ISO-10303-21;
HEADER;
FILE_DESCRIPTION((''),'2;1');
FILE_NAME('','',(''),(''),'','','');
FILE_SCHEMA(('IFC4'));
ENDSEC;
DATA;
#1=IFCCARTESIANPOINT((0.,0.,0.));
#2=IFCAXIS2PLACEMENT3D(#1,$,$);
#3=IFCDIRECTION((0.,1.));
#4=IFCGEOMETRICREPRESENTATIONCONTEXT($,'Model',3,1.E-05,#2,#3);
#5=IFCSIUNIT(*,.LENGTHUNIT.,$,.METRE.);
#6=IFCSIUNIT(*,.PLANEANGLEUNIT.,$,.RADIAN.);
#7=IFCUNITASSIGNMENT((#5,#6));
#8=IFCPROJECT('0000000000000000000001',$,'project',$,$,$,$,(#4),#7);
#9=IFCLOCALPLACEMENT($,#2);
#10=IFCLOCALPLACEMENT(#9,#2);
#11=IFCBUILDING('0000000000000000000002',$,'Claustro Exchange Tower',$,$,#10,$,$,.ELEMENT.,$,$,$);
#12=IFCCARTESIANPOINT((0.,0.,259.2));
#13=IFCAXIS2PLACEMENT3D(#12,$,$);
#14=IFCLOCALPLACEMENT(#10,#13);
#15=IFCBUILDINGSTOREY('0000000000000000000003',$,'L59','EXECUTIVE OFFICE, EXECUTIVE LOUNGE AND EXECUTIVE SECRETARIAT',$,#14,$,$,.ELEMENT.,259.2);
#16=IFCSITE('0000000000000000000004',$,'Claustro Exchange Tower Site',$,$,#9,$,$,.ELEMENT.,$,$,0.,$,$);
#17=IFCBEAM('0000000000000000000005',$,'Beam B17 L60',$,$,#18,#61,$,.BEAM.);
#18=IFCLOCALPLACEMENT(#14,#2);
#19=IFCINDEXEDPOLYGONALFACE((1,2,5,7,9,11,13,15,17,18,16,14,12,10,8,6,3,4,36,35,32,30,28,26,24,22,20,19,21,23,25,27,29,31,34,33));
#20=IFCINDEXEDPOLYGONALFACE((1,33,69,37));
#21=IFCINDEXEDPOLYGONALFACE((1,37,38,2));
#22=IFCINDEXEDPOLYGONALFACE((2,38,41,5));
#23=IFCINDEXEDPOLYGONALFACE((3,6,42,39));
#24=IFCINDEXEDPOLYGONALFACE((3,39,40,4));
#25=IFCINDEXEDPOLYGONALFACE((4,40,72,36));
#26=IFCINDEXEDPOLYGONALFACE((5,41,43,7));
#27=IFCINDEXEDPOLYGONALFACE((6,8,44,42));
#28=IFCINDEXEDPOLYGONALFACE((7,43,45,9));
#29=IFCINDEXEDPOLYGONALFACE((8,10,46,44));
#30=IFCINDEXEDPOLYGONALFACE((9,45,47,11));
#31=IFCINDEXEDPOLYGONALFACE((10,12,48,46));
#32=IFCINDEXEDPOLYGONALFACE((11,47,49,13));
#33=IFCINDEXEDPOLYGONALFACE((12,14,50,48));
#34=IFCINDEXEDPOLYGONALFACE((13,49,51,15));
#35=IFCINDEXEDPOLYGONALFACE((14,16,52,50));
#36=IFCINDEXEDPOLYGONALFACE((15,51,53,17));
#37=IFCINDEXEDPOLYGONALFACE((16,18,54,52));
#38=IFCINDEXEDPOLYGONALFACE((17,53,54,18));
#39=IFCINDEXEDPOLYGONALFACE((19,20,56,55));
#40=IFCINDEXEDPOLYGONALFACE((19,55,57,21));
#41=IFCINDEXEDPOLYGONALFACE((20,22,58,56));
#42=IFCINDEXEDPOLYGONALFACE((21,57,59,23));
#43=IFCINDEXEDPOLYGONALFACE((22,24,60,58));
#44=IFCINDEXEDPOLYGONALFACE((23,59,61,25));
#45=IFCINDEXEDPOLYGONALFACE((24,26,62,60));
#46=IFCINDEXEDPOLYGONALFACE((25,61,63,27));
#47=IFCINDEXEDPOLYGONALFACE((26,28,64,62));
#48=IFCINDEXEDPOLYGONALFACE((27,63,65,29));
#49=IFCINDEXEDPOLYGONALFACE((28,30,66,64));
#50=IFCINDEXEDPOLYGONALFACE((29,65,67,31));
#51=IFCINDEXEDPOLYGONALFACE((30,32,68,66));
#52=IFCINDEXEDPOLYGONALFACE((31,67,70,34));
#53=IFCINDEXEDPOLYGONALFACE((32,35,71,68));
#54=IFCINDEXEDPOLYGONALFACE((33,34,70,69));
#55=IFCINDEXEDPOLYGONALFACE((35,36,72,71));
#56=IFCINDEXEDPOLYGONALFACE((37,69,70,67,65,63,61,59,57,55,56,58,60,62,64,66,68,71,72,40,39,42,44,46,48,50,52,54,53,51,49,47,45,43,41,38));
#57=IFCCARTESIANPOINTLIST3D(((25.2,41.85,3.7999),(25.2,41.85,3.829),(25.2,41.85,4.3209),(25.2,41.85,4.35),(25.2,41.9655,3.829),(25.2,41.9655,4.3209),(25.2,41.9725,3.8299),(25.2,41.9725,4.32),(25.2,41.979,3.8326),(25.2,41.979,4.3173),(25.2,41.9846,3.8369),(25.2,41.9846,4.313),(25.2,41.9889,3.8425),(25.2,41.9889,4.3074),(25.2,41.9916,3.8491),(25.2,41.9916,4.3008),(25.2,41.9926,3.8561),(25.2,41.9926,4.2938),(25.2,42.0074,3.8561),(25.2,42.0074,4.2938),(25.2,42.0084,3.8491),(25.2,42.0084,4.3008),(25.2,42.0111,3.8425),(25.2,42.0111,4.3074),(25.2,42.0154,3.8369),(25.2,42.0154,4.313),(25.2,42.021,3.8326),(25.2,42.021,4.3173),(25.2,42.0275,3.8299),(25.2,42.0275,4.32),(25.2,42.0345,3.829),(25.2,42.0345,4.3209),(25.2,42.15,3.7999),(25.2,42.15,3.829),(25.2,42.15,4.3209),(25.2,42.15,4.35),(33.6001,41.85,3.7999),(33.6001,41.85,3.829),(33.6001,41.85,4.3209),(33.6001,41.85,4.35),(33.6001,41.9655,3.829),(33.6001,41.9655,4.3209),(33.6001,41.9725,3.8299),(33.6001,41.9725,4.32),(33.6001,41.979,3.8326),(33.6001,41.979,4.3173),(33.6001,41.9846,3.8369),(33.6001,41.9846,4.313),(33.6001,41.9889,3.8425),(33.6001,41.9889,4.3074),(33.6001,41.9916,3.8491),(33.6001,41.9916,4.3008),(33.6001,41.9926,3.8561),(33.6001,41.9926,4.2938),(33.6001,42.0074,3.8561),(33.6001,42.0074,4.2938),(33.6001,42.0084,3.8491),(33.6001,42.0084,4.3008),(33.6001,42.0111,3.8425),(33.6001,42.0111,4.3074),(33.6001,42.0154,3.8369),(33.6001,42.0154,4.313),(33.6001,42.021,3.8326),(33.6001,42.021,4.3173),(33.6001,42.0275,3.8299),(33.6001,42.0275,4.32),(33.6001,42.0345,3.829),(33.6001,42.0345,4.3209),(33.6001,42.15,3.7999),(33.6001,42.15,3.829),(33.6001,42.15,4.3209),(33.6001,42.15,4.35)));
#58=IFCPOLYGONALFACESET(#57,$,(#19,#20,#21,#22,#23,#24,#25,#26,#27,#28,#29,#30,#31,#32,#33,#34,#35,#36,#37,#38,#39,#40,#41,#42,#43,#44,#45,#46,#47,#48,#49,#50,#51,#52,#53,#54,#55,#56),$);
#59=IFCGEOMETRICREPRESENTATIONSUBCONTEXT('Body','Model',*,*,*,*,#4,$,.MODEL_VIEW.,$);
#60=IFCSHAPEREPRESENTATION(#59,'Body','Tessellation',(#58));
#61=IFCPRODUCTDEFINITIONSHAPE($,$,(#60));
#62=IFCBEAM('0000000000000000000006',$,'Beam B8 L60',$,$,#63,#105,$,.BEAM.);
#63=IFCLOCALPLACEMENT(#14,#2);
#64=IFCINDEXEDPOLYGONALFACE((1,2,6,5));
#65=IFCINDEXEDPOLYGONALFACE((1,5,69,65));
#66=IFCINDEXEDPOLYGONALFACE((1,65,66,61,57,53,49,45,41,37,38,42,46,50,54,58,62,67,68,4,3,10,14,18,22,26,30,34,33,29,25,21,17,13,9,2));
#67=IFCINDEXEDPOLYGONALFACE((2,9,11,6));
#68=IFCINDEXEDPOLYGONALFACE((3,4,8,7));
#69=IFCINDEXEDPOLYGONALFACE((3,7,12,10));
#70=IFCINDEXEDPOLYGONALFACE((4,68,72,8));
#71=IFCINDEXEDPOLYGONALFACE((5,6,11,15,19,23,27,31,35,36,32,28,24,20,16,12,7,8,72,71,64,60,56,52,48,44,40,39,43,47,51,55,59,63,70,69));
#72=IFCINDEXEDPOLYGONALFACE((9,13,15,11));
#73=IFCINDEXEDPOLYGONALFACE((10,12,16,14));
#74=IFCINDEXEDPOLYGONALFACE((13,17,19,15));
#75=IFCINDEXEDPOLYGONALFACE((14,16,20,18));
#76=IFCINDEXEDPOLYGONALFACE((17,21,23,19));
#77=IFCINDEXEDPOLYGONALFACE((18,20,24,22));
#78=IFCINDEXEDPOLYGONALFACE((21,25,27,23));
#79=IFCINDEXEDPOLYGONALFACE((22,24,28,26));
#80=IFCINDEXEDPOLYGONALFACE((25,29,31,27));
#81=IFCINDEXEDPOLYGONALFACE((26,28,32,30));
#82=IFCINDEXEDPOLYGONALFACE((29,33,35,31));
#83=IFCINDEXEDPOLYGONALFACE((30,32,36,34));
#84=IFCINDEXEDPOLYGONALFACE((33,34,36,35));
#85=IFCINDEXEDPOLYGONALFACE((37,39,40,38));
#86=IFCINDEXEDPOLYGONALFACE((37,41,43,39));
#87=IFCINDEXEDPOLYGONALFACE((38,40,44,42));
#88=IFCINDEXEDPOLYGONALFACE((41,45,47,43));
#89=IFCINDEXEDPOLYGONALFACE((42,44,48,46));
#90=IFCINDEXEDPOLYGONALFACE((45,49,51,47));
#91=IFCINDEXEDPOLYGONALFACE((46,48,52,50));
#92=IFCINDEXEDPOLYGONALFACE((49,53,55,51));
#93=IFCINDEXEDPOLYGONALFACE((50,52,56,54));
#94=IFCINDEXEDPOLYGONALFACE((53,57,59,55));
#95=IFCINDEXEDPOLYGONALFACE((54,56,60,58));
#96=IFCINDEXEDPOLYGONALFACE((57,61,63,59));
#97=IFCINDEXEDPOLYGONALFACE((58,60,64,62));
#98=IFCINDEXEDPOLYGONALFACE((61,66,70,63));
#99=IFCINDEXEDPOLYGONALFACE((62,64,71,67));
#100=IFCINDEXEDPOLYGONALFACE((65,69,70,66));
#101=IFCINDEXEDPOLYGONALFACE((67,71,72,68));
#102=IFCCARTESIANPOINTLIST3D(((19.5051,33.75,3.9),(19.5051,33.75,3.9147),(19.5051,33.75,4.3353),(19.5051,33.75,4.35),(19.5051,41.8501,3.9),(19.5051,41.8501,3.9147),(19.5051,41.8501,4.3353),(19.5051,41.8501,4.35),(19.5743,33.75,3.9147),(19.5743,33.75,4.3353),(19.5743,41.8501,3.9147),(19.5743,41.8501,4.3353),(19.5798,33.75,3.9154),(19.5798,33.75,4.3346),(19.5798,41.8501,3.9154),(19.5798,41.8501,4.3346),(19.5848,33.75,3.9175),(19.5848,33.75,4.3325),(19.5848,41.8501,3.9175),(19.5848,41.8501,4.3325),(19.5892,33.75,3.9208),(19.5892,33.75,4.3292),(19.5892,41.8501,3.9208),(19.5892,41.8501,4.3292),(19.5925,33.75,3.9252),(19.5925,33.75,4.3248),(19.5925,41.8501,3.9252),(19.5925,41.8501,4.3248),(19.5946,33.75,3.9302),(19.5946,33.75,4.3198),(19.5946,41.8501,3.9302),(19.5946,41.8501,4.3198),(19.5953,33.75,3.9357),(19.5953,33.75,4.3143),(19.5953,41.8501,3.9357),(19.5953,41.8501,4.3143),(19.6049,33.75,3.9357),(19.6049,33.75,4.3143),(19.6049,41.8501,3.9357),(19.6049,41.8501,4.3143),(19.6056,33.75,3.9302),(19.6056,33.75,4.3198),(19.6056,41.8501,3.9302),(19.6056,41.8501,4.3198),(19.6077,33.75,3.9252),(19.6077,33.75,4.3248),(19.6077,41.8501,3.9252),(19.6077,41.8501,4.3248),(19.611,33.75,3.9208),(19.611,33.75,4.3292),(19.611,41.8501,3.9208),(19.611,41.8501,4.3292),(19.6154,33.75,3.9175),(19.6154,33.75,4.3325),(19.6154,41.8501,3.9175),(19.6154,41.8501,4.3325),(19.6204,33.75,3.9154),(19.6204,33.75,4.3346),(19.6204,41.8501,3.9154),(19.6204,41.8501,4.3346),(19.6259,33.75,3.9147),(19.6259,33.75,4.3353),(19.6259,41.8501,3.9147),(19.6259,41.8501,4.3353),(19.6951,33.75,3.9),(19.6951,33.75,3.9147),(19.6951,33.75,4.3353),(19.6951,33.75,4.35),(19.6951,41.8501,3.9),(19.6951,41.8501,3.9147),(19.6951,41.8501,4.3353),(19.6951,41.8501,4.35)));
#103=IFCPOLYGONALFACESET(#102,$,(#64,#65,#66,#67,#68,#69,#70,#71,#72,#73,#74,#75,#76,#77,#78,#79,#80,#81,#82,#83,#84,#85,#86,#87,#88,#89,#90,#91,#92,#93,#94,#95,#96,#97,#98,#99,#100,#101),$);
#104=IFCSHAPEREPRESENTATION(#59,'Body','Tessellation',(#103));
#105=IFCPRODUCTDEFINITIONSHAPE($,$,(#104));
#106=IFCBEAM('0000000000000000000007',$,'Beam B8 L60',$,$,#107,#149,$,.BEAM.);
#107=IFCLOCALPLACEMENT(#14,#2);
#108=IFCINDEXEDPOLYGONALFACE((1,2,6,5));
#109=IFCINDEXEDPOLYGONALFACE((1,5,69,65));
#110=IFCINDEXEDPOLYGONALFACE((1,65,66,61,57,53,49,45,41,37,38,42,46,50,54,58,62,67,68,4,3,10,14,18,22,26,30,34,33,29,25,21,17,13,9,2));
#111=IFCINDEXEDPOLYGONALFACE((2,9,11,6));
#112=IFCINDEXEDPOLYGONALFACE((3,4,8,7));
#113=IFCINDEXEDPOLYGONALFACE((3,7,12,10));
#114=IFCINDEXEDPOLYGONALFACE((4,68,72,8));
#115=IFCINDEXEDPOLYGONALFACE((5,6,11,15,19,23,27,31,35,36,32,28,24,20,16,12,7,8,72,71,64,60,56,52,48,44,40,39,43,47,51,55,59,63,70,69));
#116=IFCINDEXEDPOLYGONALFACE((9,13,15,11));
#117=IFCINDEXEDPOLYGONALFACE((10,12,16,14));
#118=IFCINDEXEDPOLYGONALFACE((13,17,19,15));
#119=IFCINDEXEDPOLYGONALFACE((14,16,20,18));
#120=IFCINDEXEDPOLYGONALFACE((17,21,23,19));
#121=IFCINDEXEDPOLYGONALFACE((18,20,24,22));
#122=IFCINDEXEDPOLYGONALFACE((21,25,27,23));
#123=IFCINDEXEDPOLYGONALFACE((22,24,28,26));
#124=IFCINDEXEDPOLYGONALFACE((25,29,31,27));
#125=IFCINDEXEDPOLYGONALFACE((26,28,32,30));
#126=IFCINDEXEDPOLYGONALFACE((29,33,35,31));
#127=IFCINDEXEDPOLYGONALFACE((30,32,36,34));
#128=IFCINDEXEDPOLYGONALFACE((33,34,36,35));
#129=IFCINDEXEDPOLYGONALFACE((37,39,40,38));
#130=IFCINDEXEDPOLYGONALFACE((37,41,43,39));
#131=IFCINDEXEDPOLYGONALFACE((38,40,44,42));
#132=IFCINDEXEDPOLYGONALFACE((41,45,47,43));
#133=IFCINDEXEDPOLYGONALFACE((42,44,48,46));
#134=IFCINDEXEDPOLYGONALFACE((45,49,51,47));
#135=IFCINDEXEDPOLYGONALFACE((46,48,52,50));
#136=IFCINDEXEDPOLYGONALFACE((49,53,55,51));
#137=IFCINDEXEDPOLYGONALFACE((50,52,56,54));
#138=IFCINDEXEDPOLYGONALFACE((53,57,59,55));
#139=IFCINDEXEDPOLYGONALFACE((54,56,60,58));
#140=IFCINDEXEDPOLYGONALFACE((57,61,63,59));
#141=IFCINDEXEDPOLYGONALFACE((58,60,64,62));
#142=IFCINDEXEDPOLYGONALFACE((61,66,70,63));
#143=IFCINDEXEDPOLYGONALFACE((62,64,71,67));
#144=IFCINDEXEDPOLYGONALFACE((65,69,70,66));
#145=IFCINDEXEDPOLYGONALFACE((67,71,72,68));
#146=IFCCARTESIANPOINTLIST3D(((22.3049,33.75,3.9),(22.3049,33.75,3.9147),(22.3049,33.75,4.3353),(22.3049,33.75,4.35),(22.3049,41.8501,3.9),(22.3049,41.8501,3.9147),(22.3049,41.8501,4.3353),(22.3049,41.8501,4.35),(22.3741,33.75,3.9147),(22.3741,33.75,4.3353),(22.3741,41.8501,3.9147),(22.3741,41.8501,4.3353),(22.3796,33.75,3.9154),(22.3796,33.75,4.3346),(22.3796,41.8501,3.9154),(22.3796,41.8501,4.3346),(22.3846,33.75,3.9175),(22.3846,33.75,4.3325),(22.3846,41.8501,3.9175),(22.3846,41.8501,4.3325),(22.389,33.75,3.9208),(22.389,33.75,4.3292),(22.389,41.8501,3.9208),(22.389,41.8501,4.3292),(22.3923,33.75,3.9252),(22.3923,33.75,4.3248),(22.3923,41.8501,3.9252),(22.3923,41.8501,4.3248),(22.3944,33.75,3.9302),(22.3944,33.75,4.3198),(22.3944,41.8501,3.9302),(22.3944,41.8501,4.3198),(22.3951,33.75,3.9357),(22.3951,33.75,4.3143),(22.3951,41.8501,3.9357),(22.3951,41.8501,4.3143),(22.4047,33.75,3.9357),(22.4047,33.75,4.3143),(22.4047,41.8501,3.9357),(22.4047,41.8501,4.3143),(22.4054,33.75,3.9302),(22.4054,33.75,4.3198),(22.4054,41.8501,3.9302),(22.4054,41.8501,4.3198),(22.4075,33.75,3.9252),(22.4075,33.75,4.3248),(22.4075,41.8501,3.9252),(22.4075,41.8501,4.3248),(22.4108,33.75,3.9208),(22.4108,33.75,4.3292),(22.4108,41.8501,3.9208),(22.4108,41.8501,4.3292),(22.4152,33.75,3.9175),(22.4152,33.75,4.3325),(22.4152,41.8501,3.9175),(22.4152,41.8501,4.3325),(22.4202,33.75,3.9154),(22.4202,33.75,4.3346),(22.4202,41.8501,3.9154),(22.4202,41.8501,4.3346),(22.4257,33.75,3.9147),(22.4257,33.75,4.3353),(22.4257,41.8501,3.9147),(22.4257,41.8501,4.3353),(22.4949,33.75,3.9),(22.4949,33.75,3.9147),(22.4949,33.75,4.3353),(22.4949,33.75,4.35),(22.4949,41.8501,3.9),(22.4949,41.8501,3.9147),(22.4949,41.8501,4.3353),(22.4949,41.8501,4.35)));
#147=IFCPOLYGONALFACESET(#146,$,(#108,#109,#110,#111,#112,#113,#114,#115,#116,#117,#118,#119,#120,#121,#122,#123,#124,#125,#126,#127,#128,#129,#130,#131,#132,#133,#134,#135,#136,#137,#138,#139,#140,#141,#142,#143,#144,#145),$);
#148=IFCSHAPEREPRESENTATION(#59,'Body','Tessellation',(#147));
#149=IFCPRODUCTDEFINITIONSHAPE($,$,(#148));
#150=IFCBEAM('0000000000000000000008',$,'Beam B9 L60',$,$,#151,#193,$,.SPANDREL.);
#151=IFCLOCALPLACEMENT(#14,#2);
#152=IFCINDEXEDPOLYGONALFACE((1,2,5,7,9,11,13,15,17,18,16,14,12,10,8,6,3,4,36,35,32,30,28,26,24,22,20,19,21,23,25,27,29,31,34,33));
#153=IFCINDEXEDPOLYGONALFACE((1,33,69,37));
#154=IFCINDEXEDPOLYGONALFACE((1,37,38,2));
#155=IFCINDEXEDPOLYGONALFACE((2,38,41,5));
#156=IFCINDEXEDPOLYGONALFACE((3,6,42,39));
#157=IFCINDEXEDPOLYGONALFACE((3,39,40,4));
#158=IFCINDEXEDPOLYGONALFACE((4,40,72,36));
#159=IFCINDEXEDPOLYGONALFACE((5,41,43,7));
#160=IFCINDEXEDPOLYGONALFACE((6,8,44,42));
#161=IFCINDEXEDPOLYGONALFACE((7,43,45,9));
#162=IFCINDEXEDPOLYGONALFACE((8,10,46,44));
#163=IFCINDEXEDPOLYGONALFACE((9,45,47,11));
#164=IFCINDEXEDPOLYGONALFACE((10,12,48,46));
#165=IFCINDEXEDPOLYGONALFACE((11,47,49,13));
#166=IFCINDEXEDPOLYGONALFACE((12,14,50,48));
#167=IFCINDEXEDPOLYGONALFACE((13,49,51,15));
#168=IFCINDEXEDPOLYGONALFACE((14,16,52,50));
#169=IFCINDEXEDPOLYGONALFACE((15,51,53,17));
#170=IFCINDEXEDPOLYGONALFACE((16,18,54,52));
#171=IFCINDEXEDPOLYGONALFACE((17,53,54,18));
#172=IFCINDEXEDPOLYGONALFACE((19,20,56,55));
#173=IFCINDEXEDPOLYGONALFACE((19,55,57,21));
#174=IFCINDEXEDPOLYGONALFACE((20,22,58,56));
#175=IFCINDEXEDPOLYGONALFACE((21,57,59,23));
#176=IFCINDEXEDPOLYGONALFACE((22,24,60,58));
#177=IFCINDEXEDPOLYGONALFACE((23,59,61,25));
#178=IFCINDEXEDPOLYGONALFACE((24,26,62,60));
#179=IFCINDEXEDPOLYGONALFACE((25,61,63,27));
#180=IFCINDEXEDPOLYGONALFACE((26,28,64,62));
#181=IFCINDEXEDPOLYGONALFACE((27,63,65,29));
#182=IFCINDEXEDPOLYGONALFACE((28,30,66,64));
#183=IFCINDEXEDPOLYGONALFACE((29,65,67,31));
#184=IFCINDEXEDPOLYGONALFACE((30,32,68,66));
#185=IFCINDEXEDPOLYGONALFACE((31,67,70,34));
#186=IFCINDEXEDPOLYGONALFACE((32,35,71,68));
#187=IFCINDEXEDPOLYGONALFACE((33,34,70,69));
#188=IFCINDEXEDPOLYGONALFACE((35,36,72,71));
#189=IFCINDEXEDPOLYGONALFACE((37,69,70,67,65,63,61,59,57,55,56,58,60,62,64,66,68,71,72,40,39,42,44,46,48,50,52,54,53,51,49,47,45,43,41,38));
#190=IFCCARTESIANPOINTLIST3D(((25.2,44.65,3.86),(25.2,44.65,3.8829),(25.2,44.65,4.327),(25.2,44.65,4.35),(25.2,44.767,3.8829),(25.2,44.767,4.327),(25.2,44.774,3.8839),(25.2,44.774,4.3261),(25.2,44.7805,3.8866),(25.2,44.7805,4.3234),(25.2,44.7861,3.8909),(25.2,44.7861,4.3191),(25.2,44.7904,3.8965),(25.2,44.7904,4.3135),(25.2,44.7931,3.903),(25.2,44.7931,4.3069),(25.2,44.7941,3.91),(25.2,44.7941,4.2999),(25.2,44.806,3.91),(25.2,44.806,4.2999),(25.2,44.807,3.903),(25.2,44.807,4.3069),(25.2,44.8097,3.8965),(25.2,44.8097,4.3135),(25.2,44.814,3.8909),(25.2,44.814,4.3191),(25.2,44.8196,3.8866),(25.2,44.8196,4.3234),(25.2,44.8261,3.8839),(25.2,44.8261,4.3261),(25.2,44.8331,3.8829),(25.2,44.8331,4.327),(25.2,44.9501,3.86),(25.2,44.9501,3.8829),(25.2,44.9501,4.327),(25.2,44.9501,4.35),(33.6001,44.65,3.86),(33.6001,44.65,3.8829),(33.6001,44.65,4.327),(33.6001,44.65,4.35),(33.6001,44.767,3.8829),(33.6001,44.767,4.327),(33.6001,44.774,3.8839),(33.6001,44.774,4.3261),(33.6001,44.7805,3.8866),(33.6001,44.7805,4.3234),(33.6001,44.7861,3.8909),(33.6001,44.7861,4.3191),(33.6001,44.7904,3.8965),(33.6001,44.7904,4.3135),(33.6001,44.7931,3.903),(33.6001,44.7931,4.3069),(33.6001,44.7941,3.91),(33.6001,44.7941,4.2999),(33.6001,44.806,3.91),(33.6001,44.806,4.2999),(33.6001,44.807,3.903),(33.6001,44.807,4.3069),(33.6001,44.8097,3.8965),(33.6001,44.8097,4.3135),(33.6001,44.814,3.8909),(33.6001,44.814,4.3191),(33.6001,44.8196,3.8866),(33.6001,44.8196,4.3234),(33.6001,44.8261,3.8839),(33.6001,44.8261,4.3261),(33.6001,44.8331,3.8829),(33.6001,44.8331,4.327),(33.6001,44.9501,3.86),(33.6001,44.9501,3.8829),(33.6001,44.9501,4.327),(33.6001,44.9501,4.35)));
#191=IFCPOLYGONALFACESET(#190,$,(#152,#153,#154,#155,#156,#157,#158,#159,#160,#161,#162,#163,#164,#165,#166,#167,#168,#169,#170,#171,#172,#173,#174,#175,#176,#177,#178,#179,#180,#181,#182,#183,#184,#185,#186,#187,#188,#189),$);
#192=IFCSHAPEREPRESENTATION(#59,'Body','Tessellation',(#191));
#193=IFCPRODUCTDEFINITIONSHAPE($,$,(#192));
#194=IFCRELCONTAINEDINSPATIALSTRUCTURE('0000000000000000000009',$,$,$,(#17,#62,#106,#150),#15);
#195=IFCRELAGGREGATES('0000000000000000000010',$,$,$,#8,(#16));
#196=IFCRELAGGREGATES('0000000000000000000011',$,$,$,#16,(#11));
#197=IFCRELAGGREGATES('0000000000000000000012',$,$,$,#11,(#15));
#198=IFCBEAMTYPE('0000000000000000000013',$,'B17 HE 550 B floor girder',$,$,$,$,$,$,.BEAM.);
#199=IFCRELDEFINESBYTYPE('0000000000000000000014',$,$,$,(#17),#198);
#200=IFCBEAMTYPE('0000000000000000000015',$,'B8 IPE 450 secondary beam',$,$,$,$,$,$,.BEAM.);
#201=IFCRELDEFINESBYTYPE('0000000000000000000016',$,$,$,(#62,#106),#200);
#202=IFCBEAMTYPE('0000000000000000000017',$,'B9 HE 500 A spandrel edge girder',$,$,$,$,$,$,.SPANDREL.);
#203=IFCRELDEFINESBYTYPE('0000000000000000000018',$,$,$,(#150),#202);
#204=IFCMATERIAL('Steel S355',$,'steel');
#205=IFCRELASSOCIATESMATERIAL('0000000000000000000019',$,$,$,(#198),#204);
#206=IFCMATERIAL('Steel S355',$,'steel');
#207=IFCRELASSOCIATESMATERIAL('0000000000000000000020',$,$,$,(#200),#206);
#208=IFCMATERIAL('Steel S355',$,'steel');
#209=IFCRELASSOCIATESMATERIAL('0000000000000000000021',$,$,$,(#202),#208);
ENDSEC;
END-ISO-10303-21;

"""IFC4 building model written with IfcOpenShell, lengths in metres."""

from ifc_helpers import new_model, si_unit, direction, frame, origin, origin_2d, place, context, subcontext, project, spatial, i_section, extrude, material, material_profile, profile_set, type_object, element, save


model = new_model("IFC4")

# Units and contexts
model_context = context("Model", 3, precision=1e-05, world=origin(), true_north=direction((0.0, 1.0)))
body_context = subcontext(model_context, "Body", "Model", "MODEL_VIEW")
ifc_project = project(units=[si_unit("LENGTHUNIT", "METRE"), si_unit("PLANEANGLEUNIT", "RADIAN")], contexts=[model_context])

# Site, building, storey
site_placement = place(None, origin())
site = spatial("IfcSite", under=ifc_project, at=site_placement, Name="Claustro Exchange Tower Site", CompositionType="ELEMENT", RefElevation=0.0)
building_placement = place(site_placement, origin())
building = spatial("IfcBuilding", under=site, at=building_placement, Name="Claustro Exchange Tower", CompositionType="ELEMENT")
storey_placement = place(building_placement, frame((0.0, 0.0, 259.2)))
storey = spatial("IfcBuildingStorey", under=building, at=storey_placement, Name="L59", Description="EXECUTIVE OFFICE, EXECUTIVE LOUNGE AND EXECUTIVE SECRETARIAT", CompositionType="ELEMENT", Elevation=259.2)

# Beams
ifc_material_1 = material(Name="Steel S355", Category="steel")
ifc_material_profile_1 = material_profile(ifc_material_1, i_section(OverallWidth=0.3, OverallDepth=0.55, WebThickness=0.0149, FlangeThickness=0.0291, FilletRadius=0.0271, at=origin_2d()), Name="HE 550 B")
ifc_profile_set_1 = profile_set([ifc_material_profile_1], Name="Steel S355")
beam_type_1 = type_object("IfcBeamType", Name="B17 HE 550 B floor girder", PredefinedType="BEAM", material=ifc_profile_set_1)
beam_1_placement = place(storey_placement, frame((25.2, 42.0, 4.075), z_axis=(1.0, 0.0, 0.0), x_axis=(0.0, 1.0, 0.0)))
element("IfcBeam", 1, at=beam_1_placement, inside=storey, type_object=beam_type_1, Name="Beam B17 L60", PredefinedType="BEAM", context=body_context, shape_type="SweptSolid", body=[
    extrude(i_section(OverallWidth=0.3, OverallDepth=0.55, WebThickness=0.0149, FlangeThickness=0.0291, FilletRadius=0.0271, at=origin_2d()), origin(), (0.0, 0.0, 1.0), 8.4001),
])
ifc_material_2 = material(Name="Steel S355", Category="steel")
ifc_material_profile_2 = material_profile(ifc_material_2, i_section(OverallWidth=0.1899, OverallDepth=0.45, WebThickness=0.0095, FlangeThickness=0.0146, FilletRadius=0.021, at=origin_2d()), Name="IPE 450")
ifc_profile_set_2 = profile_set([ifc_material_profile_2], Name="Steel S355")
beam_type_2 = type_object("IfcBeamType", Name="B8 IPE 450 secondary beam", PredefinedType="BEAM", material=ifc_profile_set_2)
for number, where, z_axis, x_axis, name in (
    (2, (19.6001, 33.75, 4.125), (0.0, 1.0, 0.0), (-1.0, 0.0, 0.0), "Beam B8 L60"),
    (3, (22.3999, 33.75, 4.125), (0.0, 1.0, 0.0), (-1.0, 0.0, 0.0), "Beam B8 L60"),
):
    element("IfcBeam", number, at=place(storey_placement, frame(where, z_axis=z_axis, x_axis=x_axis)), inside=storey, type_object=beam_type_2, Name=name, PredefinedType="BEAM", context=body_context, shape_type="SweptSolid", body=[
        extrude(i_section(OverallWidth=0.1899, OverallDepth=0.45, WebThickness=0.0095, FlangeThickness=0.0146, FilletRadius=0.021, at=origin_2d()), origin(), (0.0, 0.0, 1.0), 8.1001),
    ])
ifc_material_3 = material(Name="Steel S355", Category="steel")
ifc_material_profile_3 = material_profile(ifc_material_3, i_section(OverallWidth=0.3, OverallDepth=0.49, WebThickness=0.012, FlangeThickness=0.0229, FilletRadius=0.0271, at=origin_2d()), Name="HE 500 A")
ifc_profile_set_3 = profile_set([ifc_material_profile_3], Name="Steel S355")
beam_type_3 = type_object("IfcBeamType", Name="B9 HE 500 A spandrel edge girder", PredefinedType="SPANDREL", material=ifc_profile_set_3)
beam_2_placement = place(storey_placement, frame((25.2, 44.8, 4.105), z_axis=(1.0, 0.0, 0.0), x_axis=(0.0, 1.0, 0.0)))
element("IfcBeam", 4, at=beam_2_placement, inside=storey, type_object=beam_type_3, Name="Beam B9 L60", PredefinedType="SPANDREL", context=body_context, shape_type="SweptSolid", body=[
    extrude(i_section(OverallWidth=0.3, OverallDepth=0.49, WebThickness=0.012, FlangeThickness=0.0229, FilletRadius=0.0271, at=origin_2d()), origin(), (0.0, 0.0, 1.0), 8.4001),
])

save(model, "model.ifc")
